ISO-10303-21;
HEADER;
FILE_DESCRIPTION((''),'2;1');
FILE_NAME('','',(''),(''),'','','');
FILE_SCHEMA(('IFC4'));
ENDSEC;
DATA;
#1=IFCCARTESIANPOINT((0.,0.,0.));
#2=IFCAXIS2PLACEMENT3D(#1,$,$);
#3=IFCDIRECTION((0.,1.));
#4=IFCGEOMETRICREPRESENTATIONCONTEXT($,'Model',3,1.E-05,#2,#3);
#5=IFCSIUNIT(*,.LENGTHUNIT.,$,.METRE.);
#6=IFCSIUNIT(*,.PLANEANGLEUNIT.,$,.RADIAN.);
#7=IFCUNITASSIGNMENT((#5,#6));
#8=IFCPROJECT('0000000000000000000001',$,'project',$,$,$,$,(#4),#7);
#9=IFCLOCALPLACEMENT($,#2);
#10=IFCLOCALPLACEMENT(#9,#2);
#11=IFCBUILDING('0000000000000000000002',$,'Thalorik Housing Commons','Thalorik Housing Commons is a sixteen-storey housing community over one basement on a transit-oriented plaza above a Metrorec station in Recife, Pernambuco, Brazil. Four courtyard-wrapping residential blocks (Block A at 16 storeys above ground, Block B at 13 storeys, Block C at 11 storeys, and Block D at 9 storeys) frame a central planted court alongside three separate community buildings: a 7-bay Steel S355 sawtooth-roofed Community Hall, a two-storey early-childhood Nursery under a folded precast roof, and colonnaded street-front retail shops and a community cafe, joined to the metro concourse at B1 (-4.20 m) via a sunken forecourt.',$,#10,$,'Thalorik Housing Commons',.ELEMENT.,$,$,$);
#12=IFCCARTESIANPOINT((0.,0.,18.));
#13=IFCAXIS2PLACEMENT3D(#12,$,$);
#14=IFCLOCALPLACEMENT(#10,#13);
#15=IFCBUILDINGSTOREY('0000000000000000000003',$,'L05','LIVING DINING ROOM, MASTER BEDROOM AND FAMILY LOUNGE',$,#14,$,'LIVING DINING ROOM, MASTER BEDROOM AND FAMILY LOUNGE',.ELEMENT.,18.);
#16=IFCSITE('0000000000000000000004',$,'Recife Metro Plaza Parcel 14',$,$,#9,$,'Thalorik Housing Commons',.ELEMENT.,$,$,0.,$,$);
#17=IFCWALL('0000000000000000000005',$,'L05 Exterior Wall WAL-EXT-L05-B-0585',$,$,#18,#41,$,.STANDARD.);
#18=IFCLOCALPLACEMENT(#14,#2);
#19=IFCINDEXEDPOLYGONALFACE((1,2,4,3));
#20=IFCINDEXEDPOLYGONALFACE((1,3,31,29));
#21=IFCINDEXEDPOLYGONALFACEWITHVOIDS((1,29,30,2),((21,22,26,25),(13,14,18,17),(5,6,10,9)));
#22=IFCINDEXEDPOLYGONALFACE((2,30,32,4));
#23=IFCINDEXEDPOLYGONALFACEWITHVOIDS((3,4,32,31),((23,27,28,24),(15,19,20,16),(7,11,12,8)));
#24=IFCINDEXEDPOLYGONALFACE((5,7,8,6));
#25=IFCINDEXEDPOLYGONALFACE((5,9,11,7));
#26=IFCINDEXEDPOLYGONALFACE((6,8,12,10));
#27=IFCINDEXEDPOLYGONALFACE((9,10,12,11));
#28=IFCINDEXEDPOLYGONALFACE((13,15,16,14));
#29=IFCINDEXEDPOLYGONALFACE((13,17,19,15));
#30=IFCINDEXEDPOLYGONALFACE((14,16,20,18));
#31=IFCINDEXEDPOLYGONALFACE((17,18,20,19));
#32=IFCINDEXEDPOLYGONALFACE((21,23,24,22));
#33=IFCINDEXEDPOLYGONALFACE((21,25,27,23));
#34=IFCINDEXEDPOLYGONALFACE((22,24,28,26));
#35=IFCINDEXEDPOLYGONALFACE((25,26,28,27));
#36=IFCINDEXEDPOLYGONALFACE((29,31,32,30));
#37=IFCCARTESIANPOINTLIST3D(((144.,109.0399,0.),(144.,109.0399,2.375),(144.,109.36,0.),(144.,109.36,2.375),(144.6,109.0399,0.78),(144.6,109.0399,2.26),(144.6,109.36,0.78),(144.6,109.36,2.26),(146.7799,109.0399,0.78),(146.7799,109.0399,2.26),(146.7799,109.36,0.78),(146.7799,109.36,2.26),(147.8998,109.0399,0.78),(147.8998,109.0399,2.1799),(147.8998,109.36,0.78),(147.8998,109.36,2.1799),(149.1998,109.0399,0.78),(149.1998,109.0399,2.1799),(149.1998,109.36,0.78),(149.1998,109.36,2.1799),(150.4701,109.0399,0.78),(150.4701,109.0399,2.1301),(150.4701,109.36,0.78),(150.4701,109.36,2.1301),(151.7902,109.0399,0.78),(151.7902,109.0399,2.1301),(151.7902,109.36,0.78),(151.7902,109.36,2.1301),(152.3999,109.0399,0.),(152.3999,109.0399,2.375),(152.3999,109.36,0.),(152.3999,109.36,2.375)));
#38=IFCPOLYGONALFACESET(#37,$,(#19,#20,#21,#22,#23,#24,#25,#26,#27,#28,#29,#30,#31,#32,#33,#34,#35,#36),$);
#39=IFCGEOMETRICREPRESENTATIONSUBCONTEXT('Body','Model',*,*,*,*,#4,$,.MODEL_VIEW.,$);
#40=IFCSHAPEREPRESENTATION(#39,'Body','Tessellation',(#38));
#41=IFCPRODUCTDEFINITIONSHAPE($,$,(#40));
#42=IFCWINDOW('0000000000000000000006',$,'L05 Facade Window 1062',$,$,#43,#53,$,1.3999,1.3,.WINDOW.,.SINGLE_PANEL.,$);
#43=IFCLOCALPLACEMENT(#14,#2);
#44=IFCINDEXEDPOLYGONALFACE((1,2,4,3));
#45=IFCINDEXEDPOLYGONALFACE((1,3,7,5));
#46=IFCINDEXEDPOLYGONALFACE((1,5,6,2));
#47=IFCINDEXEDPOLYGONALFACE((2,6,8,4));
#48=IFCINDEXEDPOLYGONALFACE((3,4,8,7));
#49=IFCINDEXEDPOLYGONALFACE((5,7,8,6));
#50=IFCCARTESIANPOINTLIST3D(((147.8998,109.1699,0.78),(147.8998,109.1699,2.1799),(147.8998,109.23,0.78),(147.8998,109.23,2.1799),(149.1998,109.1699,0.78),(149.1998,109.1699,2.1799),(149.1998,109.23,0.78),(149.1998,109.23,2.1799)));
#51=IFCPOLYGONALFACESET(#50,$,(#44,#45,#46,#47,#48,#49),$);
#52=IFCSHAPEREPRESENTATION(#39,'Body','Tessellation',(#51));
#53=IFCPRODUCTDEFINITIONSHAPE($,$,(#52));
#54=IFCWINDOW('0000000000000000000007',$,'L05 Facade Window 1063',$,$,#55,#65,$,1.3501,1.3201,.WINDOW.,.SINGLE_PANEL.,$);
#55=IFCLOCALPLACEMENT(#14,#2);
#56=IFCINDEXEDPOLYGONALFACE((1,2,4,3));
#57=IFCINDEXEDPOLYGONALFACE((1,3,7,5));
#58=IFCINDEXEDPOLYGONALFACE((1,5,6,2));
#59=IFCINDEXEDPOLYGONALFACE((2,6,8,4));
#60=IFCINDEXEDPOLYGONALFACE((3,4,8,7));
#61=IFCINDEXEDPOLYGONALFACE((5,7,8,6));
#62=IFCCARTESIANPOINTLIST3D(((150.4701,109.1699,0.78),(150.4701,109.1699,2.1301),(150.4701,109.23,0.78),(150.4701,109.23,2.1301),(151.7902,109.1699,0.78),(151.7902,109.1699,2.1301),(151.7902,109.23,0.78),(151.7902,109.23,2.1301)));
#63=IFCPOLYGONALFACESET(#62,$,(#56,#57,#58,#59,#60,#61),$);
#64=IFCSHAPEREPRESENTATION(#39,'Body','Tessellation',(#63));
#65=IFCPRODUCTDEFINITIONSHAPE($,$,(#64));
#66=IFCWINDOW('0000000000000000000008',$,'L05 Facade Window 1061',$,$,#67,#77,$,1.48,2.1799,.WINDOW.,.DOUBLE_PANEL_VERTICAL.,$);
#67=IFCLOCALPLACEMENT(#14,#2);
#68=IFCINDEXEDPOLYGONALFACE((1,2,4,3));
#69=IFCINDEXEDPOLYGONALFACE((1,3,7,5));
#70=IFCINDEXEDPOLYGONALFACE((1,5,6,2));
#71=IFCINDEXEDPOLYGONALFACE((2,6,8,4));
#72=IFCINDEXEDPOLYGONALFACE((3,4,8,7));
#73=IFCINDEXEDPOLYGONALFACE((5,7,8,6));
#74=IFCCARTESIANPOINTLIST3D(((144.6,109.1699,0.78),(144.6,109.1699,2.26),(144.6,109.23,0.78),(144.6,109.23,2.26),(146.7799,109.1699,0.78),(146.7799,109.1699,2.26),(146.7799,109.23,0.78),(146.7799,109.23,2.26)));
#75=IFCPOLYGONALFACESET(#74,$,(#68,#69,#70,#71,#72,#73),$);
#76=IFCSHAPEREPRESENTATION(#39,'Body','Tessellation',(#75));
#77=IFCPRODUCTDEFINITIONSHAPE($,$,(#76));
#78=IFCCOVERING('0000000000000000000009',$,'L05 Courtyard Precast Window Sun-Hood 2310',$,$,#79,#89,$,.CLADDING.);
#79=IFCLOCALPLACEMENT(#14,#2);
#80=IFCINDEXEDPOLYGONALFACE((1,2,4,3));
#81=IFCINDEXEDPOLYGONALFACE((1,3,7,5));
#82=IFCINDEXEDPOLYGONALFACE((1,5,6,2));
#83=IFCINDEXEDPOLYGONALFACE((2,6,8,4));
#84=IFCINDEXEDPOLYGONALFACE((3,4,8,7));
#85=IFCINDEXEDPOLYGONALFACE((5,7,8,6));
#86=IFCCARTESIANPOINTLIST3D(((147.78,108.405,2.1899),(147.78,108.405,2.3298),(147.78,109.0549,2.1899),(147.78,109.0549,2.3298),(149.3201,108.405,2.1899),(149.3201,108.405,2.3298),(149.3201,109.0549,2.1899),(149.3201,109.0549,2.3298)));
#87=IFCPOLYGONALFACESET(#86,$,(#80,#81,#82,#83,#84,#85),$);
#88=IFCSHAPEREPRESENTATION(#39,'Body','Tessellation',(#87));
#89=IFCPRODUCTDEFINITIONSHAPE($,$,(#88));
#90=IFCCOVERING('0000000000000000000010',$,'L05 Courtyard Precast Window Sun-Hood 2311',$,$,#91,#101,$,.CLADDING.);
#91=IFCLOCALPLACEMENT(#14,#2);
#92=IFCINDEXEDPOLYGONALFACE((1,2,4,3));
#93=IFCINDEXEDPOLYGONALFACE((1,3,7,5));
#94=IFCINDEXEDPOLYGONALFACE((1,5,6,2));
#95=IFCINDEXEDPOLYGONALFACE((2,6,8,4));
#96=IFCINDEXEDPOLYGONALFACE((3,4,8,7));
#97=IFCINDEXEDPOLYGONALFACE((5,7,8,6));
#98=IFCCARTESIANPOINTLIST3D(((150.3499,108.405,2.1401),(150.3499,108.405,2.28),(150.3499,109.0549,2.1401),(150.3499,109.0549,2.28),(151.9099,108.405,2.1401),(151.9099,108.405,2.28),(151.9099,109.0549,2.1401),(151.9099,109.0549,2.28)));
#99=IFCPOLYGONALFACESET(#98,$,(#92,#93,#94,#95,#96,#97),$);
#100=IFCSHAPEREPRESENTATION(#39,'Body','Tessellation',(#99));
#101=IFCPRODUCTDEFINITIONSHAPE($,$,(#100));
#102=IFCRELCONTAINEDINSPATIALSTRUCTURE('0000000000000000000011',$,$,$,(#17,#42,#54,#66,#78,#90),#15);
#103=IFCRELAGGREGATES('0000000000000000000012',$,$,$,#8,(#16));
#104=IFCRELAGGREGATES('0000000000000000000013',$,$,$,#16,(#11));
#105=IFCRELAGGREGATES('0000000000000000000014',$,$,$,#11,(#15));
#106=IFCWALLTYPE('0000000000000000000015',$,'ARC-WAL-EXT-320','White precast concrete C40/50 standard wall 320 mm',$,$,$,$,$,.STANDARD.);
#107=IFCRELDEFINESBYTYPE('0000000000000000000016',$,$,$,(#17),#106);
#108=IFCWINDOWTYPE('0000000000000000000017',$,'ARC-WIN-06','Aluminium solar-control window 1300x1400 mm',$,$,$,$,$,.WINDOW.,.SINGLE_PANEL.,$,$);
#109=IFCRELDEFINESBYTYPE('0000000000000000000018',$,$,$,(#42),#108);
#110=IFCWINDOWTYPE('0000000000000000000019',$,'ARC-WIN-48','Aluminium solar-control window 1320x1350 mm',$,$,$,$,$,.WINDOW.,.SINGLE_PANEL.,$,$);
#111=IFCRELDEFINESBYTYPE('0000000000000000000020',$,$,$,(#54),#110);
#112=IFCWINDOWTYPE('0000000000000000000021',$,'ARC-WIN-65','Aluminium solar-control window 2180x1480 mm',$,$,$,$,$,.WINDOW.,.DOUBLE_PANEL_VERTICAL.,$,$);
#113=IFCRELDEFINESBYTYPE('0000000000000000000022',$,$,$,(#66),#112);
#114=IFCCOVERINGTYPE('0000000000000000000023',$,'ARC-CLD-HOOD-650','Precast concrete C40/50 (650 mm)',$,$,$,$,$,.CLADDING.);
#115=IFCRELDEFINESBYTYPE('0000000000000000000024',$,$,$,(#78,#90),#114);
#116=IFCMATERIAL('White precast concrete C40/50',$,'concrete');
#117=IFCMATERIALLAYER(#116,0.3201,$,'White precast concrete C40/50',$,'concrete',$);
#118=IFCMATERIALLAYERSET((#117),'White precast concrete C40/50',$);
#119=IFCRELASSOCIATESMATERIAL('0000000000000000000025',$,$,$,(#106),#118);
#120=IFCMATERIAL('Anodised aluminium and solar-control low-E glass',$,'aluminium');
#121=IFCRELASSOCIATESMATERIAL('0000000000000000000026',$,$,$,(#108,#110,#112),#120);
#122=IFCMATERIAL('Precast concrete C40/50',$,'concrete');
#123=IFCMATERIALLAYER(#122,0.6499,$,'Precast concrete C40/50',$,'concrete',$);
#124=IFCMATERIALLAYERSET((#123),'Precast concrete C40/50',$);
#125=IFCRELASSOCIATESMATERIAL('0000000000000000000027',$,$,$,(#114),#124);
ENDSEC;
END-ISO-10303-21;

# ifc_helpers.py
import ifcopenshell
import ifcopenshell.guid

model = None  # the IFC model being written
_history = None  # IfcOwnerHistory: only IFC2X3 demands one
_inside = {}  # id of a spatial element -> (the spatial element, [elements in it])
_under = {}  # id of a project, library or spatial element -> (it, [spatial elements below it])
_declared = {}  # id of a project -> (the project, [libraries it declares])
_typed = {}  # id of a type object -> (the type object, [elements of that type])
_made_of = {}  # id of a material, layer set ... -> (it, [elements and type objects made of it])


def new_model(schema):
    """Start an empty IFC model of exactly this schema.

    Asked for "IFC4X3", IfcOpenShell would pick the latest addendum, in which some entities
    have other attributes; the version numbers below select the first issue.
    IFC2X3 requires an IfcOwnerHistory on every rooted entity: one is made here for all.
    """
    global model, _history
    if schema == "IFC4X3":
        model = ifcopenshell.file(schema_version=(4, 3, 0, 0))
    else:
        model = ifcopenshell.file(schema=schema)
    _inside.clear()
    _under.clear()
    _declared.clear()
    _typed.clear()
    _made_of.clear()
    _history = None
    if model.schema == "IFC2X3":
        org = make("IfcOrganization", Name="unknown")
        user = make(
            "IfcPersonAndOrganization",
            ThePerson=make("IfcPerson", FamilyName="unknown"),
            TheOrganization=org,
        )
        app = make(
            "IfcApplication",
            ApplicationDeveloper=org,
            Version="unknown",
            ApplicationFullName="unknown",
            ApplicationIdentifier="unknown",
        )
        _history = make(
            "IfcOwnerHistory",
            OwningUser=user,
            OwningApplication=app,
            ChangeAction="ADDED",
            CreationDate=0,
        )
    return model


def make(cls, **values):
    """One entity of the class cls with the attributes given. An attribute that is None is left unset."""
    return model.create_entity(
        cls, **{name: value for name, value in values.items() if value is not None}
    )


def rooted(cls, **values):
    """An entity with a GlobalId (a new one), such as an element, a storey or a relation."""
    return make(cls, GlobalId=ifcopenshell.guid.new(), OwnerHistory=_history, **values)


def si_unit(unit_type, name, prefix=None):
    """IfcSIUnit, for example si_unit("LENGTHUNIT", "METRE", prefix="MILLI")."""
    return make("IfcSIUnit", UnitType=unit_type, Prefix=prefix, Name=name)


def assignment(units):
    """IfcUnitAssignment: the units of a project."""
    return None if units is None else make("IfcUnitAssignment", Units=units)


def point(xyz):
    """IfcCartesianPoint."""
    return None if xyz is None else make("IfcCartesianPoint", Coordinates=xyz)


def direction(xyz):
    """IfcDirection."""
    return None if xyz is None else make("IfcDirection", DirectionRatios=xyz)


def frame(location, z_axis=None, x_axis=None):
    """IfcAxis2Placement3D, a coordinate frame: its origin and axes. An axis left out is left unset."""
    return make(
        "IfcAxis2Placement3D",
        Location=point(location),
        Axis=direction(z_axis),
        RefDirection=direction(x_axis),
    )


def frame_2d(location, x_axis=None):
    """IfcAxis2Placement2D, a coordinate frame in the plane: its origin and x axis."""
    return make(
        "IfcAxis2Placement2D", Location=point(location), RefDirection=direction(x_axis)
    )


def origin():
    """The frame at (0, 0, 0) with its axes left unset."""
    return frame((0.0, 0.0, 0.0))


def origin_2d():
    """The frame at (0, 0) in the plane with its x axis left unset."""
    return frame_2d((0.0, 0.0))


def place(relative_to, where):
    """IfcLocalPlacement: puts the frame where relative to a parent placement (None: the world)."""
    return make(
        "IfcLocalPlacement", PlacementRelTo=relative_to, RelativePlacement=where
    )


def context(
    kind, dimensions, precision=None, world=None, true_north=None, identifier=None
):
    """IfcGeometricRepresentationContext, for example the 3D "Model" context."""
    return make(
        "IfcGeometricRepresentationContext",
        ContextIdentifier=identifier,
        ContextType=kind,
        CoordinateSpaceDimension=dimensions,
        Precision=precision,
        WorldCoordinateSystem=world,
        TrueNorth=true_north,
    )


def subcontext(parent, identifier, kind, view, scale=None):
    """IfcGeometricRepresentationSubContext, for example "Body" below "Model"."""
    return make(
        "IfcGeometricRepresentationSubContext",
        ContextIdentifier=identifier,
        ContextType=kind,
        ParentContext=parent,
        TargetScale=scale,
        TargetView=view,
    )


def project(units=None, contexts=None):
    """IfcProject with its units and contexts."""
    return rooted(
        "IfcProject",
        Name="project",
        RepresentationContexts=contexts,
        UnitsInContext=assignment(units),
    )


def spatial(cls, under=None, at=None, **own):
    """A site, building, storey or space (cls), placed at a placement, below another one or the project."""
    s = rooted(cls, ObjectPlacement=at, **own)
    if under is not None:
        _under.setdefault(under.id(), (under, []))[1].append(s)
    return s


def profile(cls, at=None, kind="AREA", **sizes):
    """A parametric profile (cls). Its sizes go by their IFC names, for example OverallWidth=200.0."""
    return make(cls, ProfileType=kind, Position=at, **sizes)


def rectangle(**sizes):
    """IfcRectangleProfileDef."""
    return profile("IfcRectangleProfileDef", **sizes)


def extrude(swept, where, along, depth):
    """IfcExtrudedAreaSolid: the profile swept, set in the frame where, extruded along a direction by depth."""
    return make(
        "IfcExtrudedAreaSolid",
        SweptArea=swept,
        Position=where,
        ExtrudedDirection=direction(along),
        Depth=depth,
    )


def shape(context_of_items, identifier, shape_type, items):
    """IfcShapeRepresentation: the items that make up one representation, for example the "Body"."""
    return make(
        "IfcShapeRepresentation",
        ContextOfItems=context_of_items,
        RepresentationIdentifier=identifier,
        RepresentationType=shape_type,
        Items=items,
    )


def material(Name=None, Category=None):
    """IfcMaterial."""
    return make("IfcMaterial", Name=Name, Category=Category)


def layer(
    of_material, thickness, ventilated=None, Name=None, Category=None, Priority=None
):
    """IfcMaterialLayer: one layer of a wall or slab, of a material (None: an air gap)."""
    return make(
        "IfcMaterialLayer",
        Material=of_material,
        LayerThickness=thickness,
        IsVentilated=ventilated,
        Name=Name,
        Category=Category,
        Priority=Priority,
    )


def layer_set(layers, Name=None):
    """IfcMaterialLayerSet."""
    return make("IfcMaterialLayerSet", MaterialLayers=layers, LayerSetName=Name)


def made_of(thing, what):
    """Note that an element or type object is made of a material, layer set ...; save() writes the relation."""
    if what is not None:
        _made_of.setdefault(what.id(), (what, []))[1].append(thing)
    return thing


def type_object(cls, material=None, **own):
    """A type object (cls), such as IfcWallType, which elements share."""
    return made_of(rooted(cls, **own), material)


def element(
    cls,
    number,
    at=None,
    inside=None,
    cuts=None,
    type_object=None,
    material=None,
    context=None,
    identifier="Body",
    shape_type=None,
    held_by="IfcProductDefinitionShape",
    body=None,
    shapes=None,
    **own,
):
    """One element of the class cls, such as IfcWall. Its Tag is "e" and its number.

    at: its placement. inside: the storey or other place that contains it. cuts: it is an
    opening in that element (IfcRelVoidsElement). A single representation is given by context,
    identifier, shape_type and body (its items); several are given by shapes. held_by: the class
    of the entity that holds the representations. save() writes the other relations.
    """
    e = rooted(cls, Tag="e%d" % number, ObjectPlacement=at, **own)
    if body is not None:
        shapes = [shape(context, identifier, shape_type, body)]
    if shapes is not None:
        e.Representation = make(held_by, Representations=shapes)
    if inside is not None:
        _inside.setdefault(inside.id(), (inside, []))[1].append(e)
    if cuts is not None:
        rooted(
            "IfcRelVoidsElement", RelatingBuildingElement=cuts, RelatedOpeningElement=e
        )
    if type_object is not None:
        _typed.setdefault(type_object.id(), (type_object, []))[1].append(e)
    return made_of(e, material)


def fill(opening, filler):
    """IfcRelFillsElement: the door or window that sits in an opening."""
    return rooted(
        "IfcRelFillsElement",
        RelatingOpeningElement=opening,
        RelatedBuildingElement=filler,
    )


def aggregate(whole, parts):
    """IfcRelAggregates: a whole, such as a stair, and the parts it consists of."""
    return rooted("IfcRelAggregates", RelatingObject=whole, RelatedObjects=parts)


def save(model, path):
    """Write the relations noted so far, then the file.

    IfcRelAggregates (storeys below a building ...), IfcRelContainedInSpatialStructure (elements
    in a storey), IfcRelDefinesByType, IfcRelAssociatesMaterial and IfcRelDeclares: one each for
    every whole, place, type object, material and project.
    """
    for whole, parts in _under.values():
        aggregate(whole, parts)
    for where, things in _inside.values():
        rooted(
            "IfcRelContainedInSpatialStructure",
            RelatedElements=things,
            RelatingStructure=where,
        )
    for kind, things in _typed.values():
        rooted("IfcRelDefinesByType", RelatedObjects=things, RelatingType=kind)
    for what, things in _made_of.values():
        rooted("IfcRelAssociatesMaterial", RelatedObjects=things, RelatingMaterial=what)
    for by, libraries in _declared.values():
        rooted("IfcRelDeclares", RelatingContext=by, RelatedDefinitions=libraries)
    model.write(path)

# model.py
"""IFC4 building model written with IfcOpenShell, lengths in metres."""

from ifc_helpers import new_model, si_unit, direction, frame, frame_2d, origin, origin_2d, place, context, subcontext, project, spatial, rectangle, extrude, material, layer, layer_set, type_object, element, fill, save


model = new_model("IFC4")

# Units and contexts
model_context = context("Model", 3, precision=1e-05, world=origin(), true_north=direction((0.0, 1.0)))
body_context = subcontext(model_context, "Body", "Model", "MODEL_VIEW")
ifc_project = project(units=[si_unit("LENGTHUNIT", "METRE"), si_unit("PLANEANGLEUNIT", "RADIAN")], contexts=[model_context])

# Site, building, storey
site_placement = place(None, origin())
site = spatial("IfcSite", under=ifc_project, at=site_placement, Name="Recife Metro Plaza Parcel 14", LongName="Thalorik Housing Commons", CompositionType="ELEMENT", RefElevation=0.0)
building_placement = place(site_placement, origin())
building = spatial("IfcBuilding", under=site, at=building_placement, Name="Thalorik Housing Commons", Description="Thalorik Housing Commons is a sixteen-storey housing community over one basement on a transit-oriented plaza above a Metrorec station in Recife, Pernambuco, Brazil. Four courtyard-wrapping residential blocks (Block A at 16 storeys above ground, Block B at 13 storeys, Block C at 11 storeys, and Block D at 9 storeys) frame a central planted court alongside three separate community buildings: a 7-bay Steel S355 sawtooth-roofed Community Hall, a two-storey early-childhood Nursery under a folded precast roof, and colonnaded street-front retail shops and a community cafe, joined to the metro concourse at B1 (-4.20 m) via a sunken forecourt.", LongName="Thalorik Housing Commons", CompositionType="ELEMENT")
storey_placement = place(building_placement, frame((0.0, 0.0, 18.0)))
storey = spatial("IfcBuildingStorey", under=building, at=storey_placement, Name="L05", Description="LIVING DINING ROOM, MASTER BEDROOM AND FAMILY LOUNGE", LongName="LIVING DINING ROOM, MASTER BEDROOM AND FAMILY LOUNGE", CompositionType="ELEMENT", Elevation=18.0)

# Shared definitions
ifc_material_1 = material(Name="Precast concrete C40/50", Category="concrete")

# Wall, openings, windows
ifc_material_2 = material(Name="White precast concrete C40/50", Category="concrete")
ifc_layer_1 = layer(ifc_material_2, 0.3201, Name="White precast concrete C40/50", Category="concrete")
ifc_layer_set_1 = layer_set([ifc_layer_1], Name="White precast concrete C40/50")
wall_type_1 = type_object("IfcWallType", Name="ARC-WAL-EXT-320", Description="White precast concrete C40/50 standard wall 320 mm", PredefinedType="STANDARD", material=ifc_layer_set_1)
wall_1_placement = place(storey_placement, frame((144.0, 109.2, 0.0), z_axis=(0.0, 0.0, 1.0), x_axis=(1.0, 0.0, 0.0)))
wall_1 = element("IfcWall", 1, at=wall_1_placement, inside=storey, type_object=wall_type_1, Name="L05 Exterior Wall WAL-EXT-L05-B-0585", PredefinedType="STANDARD", context=body_context, shape_type="SweptSolid", body=[
    extrude(rectangle(XDim=8.3999, YDim=0.3201, at=frame_2d((4.2, 0.0))), origin(), (0.0, 0.0, 1.0), 2.375),
])
opening_1_placement = place(wall_1_placement, frame((0.6001, 0.0, 0.78)))
opening_1 = element("IfcOpeningElement", 2, at=opening_1_placement, cuts=wall_1, PredefinedType="OPENING", context=body_context, shape_type="SweptSolid", body=[
    extrude(rectangle(XDim=2.1799, YDim=1.48, at=frame_2d((1.0898, 0.74))), frame((0.0, 0.1699, 0.0), z_axis=(0.0, -1.0, 0.0), x_axis=(1.0, 0.0, 0.0)), (0.0, 0.0, 1.0), 0.3401),
])
opening_2_placement = place(wall_1_placement, frame((3.8999, 0.0, 0.78)))
opening_2 = element("IfcOpeningElement", 3, at=opening_2_placement, cuts=wall_1, PredefinedType="OPENING", context=body_context, shape_type="SweptSolid", body=[
    extrude(rectangle(XDim=1.3, YDim=1.3999, at=frame_2d((0.6499, 0.7))), frame((0.0, 0.1699, 0.0), z_axis=(0.0, -1.0, 0.0), x_axis=(1.0, 0.0, 0.0)), (0.0, 0.0, 1.0), 0.3401),
])
opening_3_placement = place(wall_1_placement, frame((6.47, 0.0, 0.78)))
opening_3 = element("IfcOpeningElement", 4, at=opening_3_placement, cuts=wall_1, PredefinedType="OPENING", context=body_context, shape_type="SweptSolid", body=[
    extrude(rectangle(XDim=1.3201, YDim=1.3501, at=frame_2d((0.6602, 0.675))), frame((0.0, 0.1699, 0.0), z_axis=(0.0, -1.0, 0.0), x_axis=(1.0, 0.0, 0.0)), (0.0, 0.0, 1.0), 0.3401),
])
ifc_material_3 = material(Name="Anodised aluminium and solar-control low-E glass", Category="aluminium")
window_type_1 = type_object("IfcWindowType", Name="ARC-WIN-06", Description="Aluminium solar-control window 1300x1400 mm", PartitioningType="SINGLE_PANEL", PredefinedType="WINDOW", material=ifc_material_3)
window_1_placement = place(opening_2_placement, origin())
window_1 = element("IfcWindow", 5, at=window_1_placement, inside=storey, type_object=window_type_1, Name="L05 Facade Window 1062", OverallHeight=1.3999, OverallWidth=1.3, PartitioningType="SINGLE_PANEL", PredefinedType="WINDOW", context=body_context, shape_type="SweptSolid", body=[
    extrude(rectangle(XDim=1.3, YDim=1.3999, at=frame_2d((0.6499, 0.7))), frame((0.0, 0.03, 0.0), z_axis=(0.0, -1.0, 0.0), x_axis=(1.0, 0.0, 0.0)), (0.0, 0.0, 1.0), 0.0601),
])
fill(opening_2, window_1)
window_type_2 = type_object("IfcWindowType", Name="ARC-WIN-48", Description="Aluminium solar-control window 1320x1350 mm", PartitioningType="SINGLE_PANEL", PredefinedType="WINDOW", material=ifc_material_3)
window_2_placement = place(opening_3_placement, origin())
window_2 = element("IfcWindow", 6, at=window_2_placement, inside=storey, type_object=window_type_2, Name="L05 Facade Window 1063", OverallHeight=1.3501, OverallWidth=1.3201, PartitioningType="SINGLE_PANEL", PredefinedType="WINDOW", context=body_context, shape_type="SweptSolid", body=[
    extrude(rectangle(XDim=1.3201, YDim=1.3501, at=frame_2d((0.6602, 0.675))), frame((0.0, 0.03, 0.0), z_axis=(0.0, -1.0, 0.0), x_axis=(1.0, 0.0, 0.0)), (0.0, 0.0, 1.0), 0.0601),
])
fill(opening_3, window_2)
window_type_3 = type_object("IfcWindowType", Name="ARC-WIN-65", Description="Aluminium solar-control window 2180x1480 mm", PartitioningType="DOUBLE_PANEL_VERTICAL", PredefinedType="WINDOW", material=ifc_material_3)
window_3_placement = place(opening_1_placement, origin())
window_3 = element("IfcWindow", 7, at=window_3_placement, inside=storey, type_object=window_type_3, Name="L05 Facade Window 1061", OverallHeight=1.48, OverallWidth=2.1799, PartitioningType="DOUBLE_PANEL_VERTICAL", PredefinedType="WINDOW", context=body_context, shape_type="SweptSolid", body=[
    extrude(rectangle(XDim=2.1799, YDim=1.48, at=frame_2d((1.0898, 0.74))), frame((0.0, 0.03, 0.0), z_axis=(0.0, -1.0, 0.0), x_axis=(1.0, 0.0, 0.0)), (0.0, 0.0, 1.0), 0.0601),
])
fill(opening_1, window_3)

# Coverings
ifc_layer_2 = layer(ifc_material_1, 0.6499, Name="Precast concrete C40/50", Category="concrete")
ifc_layer_set_2 = layer_set([ifc_layer_2], Name="Precast concrete C40/50")
covering_type = type_object("IfcCoveringType", Name="ARC-CLD-HOOD-650", Description="Precast concrete C40/50 (650 mm)", PredefinedType="CLADDING", material=ifc_layer_set_2)
covering_1_placement = place(storey_placement, frame((148.55, 108.73, 2.1899), z_axis=(0.0, 0.0, 1.0), x_axis=(1.0, 0.0, 0.0)))
element("IfcCovering", 8, at=covering_1_placement, inside=storey, type_object=covering_type, Name="L05 Courtyard Precast Window Sun-Hood 2310", PredefinedType="CLADDING", context=body_context, shape_type="SweptSolid", body=[
    extrude(rectangle(XDim=1.54, YDim=0.6499, at=origin_2d()), origin(), (0.0, 0.0, 1.0), 0.1399),
])
covering_2_placement = place(storey_placement, frame((151.1299, 108.73, 2.1401), z_axis=(0.0, 0.0, 1.0), x_axis=(1.0, 0.0, 0.0)))
element("IfcCovering", 9, at=covering_2_placement, inside=storey, type_object=covering_type, Name="L05 Courtyard Precast Window Sun-Hood 2311", PredefinedType="CLADDING", context=body_context, shape_type="SweptSolid", body=[
    extrude(rectangle(XDim=1.5601, YDim=0.6499, at=origin_2d()), origin(), (0.0, 0.0, 1.0), 0.1399),
])

save(model, "model.ifc")
